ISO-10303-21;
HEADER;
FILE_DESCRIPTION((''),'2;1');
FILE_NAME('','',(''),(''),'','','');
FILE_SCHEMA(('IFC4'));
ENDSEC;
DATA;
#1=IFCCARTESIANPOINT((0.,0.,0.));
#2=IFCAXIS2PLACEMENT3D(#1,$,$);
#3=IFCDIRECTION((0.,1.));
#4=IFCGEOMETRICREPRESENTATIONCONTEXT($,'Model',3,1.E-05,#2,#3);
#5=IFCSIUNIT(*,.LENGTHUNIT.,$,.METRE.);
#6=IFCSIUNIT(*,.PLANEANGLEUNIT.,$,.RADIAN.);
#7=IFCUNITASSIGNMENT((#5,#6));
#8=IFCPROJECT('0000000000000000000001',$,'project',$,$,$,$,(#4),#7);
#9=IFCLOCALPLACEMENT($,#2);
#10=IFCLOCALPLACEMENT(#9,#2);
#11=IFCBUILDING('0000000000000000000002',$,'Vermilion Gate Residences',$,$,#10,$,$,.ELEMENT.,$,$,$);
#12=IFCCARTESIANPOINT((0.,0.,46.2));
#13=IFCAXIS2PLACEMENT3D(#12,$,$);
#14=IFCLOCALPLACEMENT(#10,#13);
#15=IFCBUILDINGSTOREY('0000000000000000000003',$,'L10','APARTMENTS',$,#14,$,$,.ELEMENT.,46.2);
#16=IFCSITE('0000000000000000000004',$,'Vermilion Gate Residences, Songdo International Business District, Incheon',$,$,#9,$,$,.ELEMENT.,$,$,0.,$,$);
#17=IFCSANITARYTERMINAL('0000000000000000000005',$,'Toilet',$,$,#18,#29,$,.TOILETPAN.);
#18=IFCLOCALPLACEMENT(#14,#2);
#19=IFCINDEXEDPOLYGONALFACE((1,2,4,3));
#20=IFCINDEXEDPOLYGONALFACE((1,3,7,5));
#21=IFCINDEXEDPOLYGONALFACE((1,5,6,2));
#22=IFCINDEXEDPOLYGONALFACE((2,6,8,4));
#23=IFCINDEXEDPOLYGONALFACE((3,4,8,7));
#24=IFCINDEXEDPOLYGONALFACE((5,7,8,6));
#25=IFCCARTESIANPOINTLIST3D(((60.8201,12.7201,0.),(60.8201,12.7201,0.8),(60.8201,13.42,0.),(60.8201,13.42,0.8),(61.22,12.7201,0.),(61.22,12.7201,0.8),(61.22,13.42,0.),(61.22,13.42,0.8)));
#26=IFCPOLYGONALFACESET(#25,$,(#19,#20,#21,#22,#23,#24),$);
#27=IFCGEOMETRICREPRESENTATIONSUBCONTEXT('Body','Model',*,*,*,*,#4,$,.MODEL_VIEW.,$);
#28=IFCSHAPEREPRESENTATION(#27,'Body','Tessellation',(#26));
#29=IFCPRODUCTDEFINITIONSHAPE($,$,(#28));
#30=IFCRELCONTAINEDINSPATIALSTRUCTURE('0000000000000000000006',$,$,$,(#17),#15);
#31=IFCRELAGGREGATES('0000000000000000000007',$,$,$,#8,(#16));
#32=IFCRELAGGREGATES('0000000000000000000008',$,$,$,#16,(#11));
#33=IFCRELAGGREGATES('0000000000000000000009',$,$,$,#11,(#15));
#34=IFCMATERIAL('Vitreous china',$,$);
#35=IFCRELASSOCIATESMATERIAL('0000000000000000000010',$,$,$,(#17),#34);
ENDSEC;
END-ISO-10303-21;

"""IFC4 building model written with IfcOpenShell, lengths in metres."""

from ifc_helpers import new_model, si_unit, direction, frame, origin, origin_2d, place, context, subcontext, project, spatial, rectangle, extrude, material, element, save


model = new_model("IFC4")

# Units and contexts
model_context = context("Model", 3, precision=1e-05, world=origin(), true_north=direction((0.0, 1.0)))
body_context = subcontext(model_context, "Body", "Model", "MODEL_VIEW")
ifc_project = project(units=[si_unit("LENGTHUNIT", "METRE"), si_unit("PLANEANGLEUNIT", "RADIAN")], contexts=[model_context])

# Site, building, storey
site_placement = place(None, origin())
site = spatial("IfcSite", under=ifc_project, at=site_placement, Name="Vermilion Gate Residences, Songdo International Business District, Incheon", CompositionType="ELEMENT", RefElevation=0.0)
building_placement = place(site_placement, origin())
building = spatial("IfcBuilding", under=site, at=building_placement, Name="Vermilion Gate Residences", CompositionType="ELEMENT")
storey_placement = place(building_placement, frame((0.0, 0.0, 46.2)))
storey = spatial("IfcBuildingStorey", under=building, at=storey_placement, Name="L10", Description="APARTMENTS", CompositionType="ELEMENT", Elevation=46.2)

# Sanitary terminal
ifc_material_1 = material(Name="Vitreous china")
sanitary_terminal_1_placement = place(storey_placement, frame((61.02, 13.0701, 0.0), z_axis=(0.0, 0.0, 1.0), x_axis=(1.0, 0.0, 0.0)))
element("IfcSanitaryTerminal", 1, at=sanitary_terminal_1_placement, inside=storey, material=ifc_material_1, Name="Toilet", PredefinedType="TOILETPAN", context=body_context, shape_type="SweptSolid", body=[
    extrude(rectangle(XDim=0.3999, YDim=0.7, at=origin_2d()), origin(), (0.0, 0.0, 1.0), 0.8),
])

save(model, "model.ifc")
